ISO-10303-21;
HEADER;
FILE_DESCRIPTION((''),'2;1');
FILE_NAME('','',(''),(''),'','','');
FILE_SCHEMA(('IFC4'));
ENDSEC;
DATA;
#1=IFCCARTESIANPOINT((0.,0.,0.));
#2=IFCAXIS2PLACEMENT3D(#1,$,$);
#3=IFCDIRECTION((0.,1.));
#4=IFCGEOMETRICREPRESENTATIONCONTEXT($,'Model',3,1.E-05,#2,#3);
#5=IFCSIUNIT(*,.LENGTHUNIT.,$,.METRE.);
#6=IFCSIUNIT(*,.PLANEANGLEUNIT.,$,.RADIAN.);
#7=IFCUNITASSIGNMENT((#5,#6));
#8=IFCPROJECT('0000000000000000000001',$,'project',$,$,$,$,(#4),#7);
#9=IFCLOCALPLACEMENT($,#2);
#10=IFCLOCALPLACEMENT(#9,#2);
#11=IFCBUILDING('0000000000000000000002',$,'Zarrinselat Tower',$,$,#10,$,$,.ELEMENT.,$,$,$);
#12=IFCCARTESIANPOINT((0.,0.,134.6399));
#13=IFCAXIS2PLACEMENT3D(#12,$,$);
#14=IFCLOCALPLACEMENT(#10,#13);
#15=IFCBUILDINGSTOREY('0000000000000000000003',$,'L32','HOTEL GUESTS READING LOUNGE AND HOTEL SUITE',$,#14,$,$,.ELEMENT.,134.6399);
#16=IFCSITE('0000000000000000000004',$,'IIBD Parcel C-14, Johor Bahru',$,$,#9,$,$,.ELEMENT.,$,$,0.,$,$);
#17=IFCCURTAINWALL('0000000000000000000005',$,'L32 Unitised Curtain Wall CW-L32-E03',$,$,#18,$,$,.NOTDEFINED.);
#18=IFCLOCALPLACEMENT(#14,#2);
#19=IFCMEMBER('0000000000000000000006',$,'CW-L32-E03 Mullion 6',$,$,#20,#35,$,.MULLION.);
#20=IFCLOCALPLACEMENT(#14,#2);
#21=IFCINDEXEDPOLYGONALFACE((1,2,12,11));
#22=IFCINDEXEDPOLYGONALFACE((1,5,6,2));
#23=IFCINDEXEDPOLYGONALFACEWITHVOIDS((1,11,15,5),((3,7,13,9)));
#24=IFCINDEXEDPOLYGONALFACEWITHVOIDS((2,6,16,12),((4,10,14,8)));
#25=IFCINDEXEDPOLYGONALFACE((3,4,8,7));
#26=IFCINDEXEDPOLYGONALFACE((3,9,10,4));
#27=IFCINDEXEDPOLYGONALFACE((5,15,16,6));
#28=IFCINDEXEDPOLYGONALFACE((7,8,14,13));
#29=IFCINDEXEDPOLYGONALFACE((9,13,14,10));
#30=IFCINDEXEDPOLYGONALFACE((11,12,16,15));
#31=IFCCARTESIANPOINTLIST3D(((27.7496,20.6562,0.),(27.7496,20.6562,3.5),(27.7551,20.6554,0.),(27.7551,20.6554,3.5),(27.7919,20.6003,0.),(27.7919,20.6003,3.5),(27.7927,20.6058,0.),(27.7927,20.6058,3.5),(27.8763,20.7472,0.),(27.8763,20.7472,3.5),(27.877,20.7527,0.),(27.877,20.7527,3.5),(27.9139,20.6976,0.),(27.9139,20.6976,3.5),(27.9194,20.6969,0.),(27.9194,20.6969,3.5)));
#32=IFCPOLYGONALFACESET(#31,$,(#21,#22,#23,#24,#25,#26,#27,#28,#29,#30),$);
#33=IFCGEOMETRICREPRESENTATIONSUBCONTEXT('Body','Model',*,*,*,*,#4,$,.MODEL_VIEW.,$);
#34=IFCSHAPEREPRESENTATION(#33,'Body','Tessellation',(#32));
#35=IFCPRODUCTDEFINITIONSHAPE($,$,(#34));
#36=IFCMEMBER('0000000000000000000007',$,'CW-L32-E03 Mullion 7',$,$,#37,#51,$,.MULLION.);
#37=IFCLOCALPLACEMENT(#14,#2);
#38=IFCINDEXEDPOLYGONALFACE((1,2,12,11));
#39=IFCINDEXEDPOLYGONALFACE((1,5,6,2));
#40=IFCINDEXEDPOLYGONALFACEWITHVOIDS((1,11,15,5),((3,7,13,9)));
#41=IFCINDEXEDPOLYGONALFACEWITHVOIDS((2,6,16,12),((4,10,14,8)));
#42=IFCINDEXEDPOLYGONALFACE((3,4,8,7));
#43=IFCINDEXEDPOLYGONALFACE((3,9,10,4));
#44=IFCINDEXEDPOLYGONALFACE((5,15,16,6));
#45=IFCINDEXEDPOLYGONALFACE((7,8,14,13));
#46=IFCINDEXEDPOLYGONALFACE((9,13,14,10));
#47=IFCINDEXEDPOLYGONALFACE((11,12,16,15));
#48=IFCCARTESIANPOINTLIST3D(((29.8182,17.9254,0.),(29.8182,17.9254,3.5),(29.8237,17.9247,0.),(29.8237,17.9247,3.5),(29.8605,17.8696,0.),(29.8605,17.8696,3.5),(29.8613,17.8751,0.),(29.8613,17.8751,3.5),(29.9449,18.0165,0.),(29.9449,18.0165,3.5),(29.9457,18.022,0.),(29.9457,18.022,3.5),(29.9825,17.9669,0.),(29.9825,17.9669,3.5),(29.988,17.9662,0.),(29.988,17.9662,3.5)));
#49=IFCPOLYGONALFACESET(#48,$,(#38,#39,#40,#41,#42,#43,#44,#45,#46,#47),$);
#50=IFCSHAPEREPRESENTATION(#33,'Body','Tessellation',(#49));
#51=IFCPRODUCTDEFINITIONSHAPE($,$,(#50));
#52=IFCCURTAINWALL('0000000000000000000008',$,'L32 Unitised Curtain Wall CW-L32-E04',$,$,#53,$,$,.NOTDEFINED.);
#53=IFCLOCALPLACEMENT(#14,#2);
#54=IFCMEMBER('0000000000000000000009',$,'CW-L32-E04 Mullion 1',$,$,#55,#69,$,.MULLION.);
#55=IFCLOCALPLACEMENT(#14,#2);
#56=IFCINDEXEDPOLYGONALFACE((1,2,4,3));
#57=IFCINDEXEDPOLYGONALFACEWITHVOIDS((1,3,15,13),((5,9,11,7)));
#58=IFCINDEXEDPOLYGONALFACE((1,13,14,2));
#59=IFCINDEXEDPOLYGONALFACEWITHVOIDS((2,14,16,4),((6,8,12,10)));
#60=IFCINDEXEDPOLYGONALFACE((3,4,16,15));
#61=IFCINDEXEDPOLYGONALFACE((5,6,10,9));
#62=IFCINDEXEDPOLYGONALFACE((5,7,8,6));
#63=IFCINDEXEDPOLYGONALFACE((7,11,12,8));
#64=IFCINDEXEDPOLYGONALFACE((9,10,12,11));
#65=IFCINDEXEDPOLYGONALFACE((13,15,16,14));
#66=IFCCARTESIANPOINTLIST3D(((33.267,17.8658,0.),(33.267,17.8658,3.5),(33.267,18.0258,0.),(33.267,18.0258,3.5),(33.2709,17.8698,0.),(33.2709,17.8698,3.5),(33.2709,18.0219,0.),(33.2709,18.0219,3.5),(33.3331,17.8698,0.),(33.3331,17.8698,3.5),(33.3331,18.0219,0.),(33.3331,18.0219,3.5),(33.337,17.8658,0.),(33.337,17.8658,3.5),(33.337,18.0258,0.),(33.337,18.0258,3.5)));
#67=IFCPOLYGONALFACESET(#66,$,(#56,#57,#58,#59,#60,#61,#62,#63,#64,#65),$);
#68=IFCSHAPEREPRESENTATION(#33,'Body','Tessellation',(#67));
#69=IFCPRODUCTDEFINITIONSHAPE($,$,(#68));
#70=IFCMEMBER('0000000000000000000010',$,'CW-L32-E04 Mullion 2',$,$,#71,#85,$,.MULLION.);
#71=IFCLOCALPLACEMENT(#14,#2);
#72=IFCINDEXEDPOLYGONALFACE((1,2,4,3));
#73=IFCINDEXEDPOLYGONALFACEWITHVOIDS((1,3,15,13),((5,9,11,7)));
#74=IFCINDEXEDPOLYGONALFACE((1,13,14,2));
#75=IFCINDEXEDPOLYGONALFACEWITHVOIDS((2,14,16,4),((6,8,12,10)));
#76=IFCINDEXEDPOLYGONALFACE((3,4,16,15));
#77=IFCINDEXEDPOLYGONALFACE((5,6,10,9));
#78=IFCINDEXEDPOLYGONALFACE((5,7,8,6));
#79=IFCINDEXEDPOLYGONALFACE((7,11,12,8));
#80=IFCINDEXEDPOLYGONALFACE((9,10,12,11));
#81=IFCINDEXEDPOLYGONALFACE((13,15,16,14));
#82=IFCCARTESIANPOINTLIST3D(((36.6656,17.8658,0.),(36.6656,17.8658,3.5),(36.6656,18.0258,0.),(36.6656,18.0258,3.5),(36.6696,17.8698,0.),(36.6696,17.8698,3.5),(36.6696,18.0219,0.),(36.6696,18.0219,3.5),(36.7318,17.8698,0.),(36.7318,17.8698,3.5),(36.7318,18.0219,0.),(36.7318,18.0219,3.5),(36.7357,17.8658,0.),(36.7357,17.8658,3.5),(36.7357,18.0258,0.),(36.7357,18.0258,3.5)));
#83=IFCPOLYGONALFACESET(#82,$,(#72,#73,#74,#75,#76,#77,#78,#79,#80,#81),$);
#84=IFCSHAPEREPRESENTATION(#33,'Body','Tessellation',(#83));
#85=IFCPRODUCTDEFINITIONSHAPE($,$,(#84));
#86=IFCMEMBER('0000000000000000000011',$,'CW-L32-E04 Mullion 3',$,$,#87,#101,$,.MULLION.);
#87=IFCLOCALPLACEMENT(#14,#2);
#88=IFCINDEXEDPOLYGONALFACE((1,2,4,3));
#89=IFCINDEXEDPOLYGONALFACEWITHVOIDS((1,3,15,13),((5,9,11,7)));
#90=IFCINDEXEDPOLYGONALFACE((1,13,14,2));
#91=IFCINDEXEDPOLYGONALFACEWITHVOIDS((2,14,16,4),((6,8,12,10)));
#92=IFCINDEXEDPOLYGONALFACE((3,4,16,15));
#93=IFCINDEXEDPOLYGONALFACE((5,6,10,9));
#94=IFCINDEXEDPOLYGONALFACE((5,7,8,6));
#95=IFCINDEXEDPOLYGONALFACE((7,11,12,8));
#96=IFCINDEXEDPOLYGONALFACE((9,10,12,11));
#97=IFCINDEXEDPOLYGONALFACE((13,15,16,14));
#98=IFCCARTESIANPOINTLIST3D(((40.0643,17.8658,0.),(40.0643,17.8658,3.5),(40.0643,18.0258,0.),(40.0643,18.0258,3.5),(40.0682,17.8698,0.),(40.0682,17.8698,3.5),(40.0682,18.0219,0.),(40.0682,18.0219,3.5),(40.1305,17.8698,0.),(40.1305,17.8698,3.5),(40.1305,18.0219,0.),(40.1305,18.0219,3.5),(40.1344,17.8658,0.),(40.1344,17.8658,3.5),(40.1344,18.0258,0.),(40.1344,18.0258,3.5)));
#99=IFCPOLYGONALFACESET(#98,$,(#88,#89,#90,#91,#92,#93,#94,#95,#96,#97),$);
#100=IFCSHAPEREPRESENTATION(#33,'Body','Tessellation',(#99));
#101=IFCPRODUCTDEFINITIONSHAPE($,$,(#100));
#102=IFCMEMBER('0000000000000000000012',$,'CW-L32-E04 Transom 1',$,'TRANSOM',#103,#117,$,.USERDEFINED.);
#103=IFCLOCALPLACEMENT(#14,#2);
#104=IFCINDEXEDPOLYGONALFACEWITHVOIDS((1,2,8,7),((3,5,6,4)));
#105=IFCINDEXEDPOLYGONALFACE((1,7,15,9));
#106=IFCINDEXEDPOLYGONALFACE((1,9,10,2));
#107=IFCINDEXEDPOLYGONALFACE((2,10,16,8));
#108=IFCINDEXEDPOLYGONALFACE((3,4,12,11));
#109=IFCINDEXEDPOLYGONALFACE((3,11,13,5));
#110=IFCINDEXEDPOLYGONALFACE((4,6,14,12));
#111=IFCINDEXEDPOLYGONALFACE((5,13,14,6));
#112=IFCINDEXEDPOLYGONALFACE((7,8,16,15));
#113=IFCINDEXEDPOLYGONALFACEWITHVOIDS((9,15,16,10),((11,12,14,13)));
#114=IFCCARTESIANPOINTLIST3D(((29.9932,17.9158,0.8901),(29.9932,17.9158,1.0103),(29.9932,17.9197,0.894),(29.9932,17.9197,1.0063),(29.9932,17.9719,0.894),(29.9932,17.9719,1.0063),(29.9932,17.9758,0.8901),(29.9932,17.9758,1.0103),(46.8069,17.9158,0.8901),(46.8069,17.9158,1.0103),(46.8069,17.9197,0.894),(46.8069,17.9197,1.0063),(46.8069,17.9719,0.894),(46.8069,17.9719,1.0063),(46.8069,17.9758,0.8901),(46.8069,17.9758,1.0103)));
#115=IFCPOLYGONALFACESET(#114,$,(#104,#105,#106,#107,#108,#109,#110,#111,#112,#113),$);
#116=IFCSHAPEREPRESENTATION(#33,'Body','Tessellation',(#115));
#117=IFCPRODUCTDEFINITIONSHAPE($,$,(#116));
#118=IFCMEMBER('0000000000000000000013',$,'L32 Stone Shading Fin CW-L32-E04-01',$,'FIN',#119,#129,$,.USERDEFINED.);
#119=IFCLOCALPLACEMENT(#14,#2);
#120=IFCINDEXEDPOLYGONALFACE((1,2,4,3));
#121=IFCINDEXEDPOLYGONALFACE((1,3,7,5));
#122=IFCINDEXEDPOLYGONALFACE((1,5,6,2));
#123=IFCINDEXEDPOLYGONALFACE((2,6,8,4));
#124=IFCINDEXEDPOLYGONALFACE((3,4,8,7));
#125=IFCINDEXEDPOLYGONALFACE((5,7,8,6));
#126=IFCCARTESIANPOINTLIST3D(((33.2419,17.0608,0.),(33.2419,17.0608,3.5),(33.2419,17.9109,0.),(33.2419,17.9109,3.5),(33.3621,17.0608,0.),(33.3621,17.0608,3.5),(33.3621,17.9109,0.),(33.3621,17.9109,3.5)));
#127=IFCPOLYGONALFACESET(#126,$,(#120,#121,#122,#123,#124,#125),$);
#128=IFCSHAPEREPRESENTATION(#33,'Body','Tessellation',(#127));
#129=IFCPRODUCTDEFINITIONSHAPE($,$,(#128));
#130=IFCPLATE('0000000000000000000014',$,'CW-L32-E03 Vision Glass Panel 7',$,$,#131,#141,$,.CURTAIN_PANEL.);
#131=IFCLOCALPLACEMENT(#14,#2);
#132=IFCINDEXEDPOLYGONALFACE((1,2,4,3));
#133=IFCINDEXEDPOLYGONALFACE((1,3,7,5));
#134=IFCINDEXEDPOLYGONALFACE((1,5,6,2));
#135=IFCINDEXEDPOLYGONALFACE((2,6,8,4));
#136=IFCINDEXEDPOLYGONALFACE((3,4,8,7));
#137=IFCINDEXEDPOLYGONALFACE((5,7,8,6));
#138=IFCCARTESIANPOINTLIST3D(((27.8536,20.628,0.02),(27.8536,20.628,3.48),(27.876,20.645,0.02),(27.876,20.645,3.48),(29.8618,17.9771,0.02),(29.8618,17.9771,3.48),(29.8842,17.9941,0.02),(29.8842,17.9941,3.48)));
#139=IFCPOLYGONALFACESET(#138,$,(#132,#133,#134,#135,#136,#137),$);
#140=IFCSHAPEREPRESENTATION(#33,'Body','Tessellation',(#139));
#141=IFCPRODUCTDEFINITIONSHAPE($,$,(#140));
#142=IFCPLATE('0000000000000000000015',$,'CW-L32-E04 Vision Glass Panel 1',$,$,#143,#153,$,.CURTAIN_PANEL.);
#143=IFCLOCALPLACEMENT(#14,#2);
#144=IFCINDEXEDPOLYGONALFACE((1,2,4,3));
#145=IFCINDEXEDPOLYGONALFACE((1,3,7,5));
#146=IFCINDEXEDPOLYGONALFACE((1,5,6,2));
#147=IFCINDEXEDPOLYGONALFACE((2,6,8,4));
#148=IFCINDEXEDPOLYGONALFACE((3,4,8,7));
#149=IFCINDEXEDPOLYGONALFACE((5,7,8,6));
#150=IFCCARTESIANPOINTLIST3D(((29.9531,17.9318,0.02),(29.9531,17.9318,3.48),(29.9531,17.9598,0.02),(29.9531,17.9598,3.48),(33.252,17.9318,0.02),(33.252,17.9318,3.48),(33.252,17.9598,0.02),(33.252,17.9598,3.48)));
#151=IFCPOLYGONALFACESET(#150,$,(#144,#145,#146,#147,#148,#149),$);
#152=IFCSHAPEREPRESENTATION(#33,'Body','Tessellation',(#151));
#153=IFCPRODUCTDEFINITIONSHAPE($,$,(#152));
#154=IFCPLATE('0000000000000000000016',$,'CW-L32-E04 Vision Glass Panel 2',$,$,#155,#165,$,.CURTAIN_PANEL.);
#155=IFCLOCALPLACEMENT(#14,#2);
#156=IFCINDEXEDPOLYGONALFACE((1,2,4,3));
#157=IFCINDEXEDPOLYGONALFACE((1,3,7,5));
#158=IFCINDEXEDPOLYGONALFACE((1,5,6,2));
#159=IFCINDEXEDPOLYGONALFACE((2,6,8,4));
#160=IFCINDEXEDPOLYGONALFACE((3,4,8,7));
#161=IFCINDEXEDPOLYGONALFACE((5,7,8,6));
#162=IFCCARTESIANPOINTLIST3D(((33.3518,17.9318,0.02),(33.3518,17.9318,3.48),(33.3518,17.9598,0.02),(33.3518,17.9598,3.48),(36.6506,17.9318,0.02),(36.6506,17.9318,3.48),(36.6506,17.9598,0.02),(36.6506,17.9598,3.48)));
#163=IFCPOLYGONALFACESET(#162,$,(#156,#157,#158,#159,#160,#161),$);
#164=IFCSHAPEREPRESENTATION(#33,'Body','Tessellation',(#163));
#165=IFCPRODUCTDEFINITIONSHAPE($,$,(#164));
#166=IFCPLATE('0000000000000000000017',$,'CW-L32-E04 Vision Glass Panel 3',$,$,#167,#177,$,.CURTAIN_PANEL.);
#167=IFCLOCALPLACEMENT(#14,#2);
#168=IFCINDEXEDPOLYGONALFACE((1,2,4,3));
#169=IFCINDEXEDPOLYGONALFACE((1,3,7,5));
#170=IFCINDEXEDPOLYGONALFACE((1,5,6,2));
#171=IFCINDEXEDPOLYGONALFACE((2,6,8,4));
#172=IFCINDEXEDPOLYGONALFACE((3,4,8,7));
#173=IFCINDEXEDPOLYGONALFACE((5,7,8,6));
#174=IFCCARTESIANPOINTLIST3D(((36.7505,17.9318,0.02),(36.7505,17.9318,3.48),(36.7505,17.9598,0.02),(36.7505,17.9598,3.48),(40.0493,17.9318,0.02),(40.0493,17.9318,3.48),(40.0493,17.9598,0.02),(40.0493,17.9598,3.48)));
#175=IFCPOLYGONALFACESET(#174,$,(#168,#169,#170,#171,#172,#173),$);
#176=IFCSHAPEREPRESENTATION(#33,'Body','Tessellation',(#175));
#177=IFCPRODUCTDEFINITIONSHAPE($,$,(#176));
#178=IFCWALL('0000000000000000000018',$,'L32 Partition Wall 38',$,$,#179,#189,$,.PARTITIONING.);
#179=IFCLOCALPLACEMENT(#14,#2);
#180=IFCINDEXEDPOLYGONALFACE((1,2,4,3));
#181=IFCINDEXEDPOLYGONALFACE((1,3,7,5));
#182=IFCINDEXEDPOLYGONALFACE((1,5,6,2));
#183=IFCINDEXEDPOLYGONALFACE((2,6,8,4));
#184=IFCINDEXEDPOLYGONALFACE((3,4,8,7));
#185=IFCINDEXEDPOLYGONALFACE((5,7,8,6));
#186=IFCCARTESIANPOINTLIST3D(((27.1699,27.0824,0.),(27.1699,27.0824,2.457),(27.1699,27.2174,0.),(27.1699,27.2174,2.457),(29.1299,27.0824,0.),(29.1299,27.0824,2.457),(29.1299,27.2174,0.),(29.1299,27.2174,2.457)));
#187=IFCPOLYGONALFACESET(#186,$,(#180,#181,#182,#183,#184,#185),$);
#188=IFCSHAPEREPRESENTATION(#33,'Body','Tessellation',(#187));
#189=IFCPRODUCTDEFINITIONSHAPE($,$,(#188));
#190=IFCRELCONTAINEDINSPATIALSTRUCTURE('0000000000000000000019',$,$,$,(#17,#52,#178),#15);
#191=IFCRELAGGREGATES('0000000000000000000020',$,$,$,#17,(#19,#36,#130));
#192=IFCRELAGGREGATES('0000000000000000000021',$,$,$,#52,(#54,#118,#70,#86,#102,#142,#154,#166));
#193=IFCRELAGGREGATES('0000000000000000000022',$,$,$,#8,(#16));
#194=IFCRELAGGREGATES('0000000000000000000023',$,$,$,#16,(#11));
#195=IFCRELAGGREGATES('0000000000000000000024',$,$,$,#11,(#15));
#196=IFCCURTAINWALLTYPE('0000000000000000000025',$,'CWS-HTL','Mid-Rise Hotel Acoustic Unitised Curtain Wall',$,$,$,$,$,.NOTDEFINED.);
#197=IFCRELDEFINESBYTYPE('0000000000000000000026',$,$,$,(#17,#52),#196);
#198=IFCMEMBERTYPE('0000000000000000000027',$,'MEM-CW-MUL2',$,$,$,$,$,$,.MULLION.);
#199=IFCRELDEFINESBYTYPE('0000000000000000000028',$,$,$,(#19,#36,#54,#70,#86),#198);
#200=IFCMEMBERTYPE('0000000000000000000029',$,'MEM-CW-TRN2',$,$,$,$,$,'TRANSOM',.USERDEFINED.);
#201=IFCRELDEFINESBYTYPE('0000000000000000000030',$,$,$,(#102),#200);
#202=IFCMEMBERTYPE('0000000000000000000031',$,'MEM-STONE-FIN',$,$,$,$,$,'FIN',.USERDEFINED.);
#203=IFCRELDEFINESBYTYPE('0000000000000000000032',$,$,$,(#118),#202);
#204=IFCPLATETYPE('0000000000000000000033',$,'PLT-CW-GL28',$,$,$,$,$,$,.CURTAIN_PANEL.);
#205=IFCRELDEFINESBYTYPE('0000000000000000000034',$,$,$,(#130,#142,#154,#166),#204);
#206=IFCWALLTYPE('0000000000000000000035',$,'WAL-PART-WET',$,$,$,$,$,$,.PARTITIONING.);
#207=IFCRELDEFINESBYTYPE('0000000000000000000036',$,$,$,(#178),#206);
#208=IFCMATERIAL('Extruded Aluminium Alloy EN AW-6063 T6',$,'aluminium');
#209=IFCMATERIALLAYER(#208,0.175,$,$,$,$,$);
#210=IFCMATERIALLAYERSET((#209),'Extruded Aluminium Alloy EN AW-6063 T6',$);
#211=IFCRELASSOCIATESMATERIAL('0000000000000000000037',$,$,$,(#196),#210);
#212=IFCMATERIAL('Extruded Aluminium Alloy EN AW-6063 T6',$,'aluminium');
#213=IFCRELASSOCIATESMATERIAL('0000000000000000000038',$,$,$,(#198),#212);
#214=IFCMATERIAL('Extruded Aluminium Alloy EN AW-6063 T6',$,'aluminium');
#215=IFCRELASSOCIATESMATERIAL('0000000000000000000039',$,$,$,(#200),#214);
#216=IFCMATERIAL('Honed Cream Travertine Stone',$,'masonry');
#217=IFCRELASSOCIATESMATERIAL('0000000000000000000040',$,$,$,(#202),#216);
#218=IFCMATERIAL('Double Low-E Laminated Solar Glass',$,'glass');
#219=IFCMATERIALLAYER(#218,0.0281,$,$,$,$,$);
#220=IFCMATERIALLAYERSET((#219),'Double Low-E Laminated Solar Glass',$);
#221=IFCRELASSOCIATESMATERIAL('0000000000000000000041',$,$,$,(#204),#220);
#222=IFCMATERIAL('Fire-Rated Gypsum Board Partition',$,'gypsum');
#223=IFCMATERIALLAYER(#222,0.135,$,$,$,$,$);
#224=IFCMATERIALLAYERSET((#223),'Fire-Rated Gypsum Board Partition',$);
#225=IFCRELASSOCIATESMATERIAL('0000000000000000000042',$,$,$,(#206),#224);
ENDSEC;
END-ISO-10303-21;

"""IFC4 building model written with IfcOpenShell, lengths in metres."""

from ifc_helpers import new_model, si_unit, direction, frame, frame_2d, origin, origin_2d, place, context, subcontext, project, spatial, rectangle, hollow_rectangle, extrude, material, layer, layer_set, material_profile, profile_set, type_object, element, aggregate, save


model = new_model("IFC4")

# Units and contexts
model_context = context("Model", 3, precision=1e-05, world=origin(), true_north=direction((0.0, 1.0)))
body_context = subcontext(model_context, "Body", "Model", "MODEL_VIEW")
ifc_project = project(units=[si_unit("LENGTHUNIT", "METRE"), si_unit("PLANEANGLEUNIT", "RADIAN")], contexts=[model_context])

# Site, building, storey
site_placement = place(None, origin())
site = spatial("IfcSite", under=ifc_project, at=site_placement, Name="IIBD Parcel C-14, Johor Bahru", CompositionType="ELEMENT", RefElevation=0.0)
building_placement = place(site_placement, origin())
building = spatial("IfcBuilding", under=site, at=building_placement, Name="Zarrinselat Tower", CompositionType="ELEMENT")
storey_placement = place(building_placement, frame((0.0, 0.0, 134.6399)))
storey = spatial("IfcBuildingStorey", under=building, at=storey_placement, Name="L32", Description="HOTEL GUESTS READING LOUNGE AND HOTEL SUITE", CompositionType="ELEMENT", Elevation=134.6399)

# Curtain walls, members
ifc_material_1 = material(Name="Extruded Aluminium Alloy EN AW-6063 T6", Category="aluminium")
ifc_layer_1 = layer(ifc_material_1, 0.175)
ifc_layer_set_1 = layer_set([ifc_layer_1], Name="Extruded Aluminium Alloy EN AW-6063 T6")
curtain_wall_type = type_object("IfcCurtainWallType", Name="CWS-HTL", Description="Mid-Rise Hotel Acoustic Unitised Curtain Wall", PredefinedType="NOTDEFINED", material=ifc_layer_set_1)
curtain_wall_1_placement = place(storey_placement, origin())
curtain_wall_1 = element("IfcCurtainWall", 1, at=curtain_wall_1_placement, inside=storey, type_object=curtain_wall_type, Name="L32 Unitised Curtain Wall CW-L32-E03", PredefinedType="NOTDEFINED")
ifc_material_2 = material(Name="Extruded Aluminium Alloy EN AW-6063 T6", Category="aluminium")
ifc_material_profile_1 = material_profile(ifc_material_2, hollow_rectangle(XDim=0.0701, YDim=0.1599, WallThickness=0.0039, at=origin_2d()), Name="RHS 160x70x4")
ifc_profile_set_1 = profile_set([ifc_material_profile_1], Name="Extruded Aluminium Alloy EN AW-6063 T6")
member_type_1 = type_object("IfcMemberType", Name="MEM-CW-MUL2", PredefinedType="MULLION", material=ifc_profile_set_1)
member_1_placement = place(storey_placement, frame((27.8345, 20.6765, 0.0), z_axis=(0.0, 0.0, 1.0), x_axis=(0.603856, -0.797094, 0.0)))
member_1 = element("IfcMember", 2, at=member_1_placement, type_object=member_type_1, Name="CW-L32-E03 Mullion 6", PredefinedType="MULLION", context=body_context, shape_type="SweptSolid", body=[
    extrude(hollow_rectangle(XDim=0.0701, YDim=0.1599, WallThickness=0.0039, at=origin_2d()), origin(), (0.0, 0.0, 1.0), 3.5),
])
member_2_placement = place(storey_placement, frame((29.9031, 17.9458, 0.0), z_axis=(0.0, 0.0, 1.0), x_axis=(0.603856, -0.797094, 0.0)))
member_2 = element("IfcMember", 3, at=member_2_placement, type_object=member_type_1, Name="CW-L32-E03 Mullion 7", PredefinedType="MULLION", context=body_context, shape_type="SweptSolid", body=[
    extrude(hollow_rectangle(XDim=0.0701, YDim=0.1599, WallThickness=0.0039, at=origin_2d()), origin(), (0.0, 0.0, 1.0), 3.5),
])
curtain_wall_2_placement = place(storey_placement, origin())
curtain_wall_2 = element("IfcCurtainWall", 4, at=curtain_wall_2_placement, inside=storey, type_object=curtain_wall_type, Name="L32 Unitised Curtain Wall CW-L32-E04", PredefinedType="NOTDEFINED")
member_3_placement = place(storey_placement, frame((33.302, 17.9458, 0.0), z_axis=(0.0, 0.0, 1.0), x_axis=(1.0, 0.0, 0.0)))
member_3 = element("IfcMember", 5, at=member_3_placement, type_object=member_type_1, Name="CW-L32-E04 Mullion 1", PredefinedType="MULLION", context=body_context, shape_type="SweptSolid", body=[
    extrude(hollow_rectangle(XDim=0.0701, YDim=0.1599, WallThickness=0.0039, at=origin_2d()), origin(), (0.0, 0.0, 1.0), 3.5),
])
member_4_placement = place(storey_placement, frame((36.7007, 17.9458, 0.0), z_axis=(0.0, 0.0, 1.0), x_axis=(1.0, 0.0, 0.0)))
member_4 = element("IfcMember", 6, at=member_4_placement, type_object=member_type_1, Name="CW-L32-E04 Mullion 2", PredefinedType="MULLION", context=body_context, shape_type="SweptSolid", body=[
    extrude(hollow_rectangle(XDim=0.0701, YDim=0.1599, WallThickness=0.0039, at=origin_2d()), origin(), (0.0, 0.0, 1.0), 3.5),
])
member_5_placement = place(storey_placement, frame((40.0994, 17.9458, 0.0), z_axis=(0.0, 0.0, 1.0), x_axis=(1.0, 0.0, 0.0)))
member_5 = element("IfcMember", 7, at=member_5_placement, type_object=member_type_1, Name="CW-L32-E04 Mullion 3", PredefinedType="MULLION", context=body_context, shape_type="SweptSolid", body=[
    extrude(hollow_rectangle(XDim=0.0701, YDim=0.1599, WallThickness=0.0039, at=origin_2d()), origin(), (0.0, 0.0, 1.0), 3.5),
])
ifc_material_3 = material(Name="Extruded Aluminium Alloy EN AW-6063 T6", Category="aluminium")
ifc_material_profile_2 = material_profile(ifc_material_3, hollow_rectangle(XDim=0.0601, YDim=0.1201, WallThickness=0.0039, at=origin_2d()), Name="RHS 120x60x4")
ifc_profile_set_2 = profile_set([ifc_material_profile_2], Name="Extruded Aluminium Alloy EN AW-6063 T6")
member_type_2 = type_object("IfcMemberType", Name="MEM-CW-TRN2", ElementType="TRANSOM", PredefinedType="USERDEFINED", material=ifc_profile_set_2)
member_6_placement = place(storey_placement, frame((29.9932, 17.9458, 0.9502), z_axis=(1.0, 0.0, 0.0), x_axis=(0.0, 1.0, 0.0)))
member_6 = element("IfcMember", 8, at=member_6_placement, type_object=member_type_2, Name="CW-L32-E04 Transom 1", ObjectType="TRANSOM", PredefinedType="USERDEFINED", context=body_context, shape_type="SweptSolid", body=[
    extrude(hollow_rectangle(XDim=0.0601, YDim=0.1201, WallThickness=0.0039, at=origin_2d()), origin(), (0.0, 0.0, 1.0), 16.8137),
])
ifc_material_4 = material(Name="Honed Cream Travertine Stone", Category="masonry")
ifc_material_profile_3 = material_profile(ifc_material_4, rectangle(XDim=0.1201, YDim=0.8501, at=origin_2d()), Name="FIN 850x120")
ifc_profile_set_3 = profile_set([ifc_material_profile_3], Name="Honed Cream Travertine Stone")
member_type_3 = type_object("IfcMemberType", Name="MEM-STONE-FIN", ElementType="FIN", PredefinedType="USERDEFINED", material=ifc_profile_set_3)
member_7_placement = place(storey_placement, frame((33.302, 17.4858, 0.0), z_axis=(0.0, 0.0, 1.0), x_axis=(-1.0, 0.0, 0.0)))
member_7 = element("IfcMember", 9, at=member_7_placement, type_object=member_type_3, Name="L32 Stone Shading Fin CW-L32-E04-01", ObjectType="FIN", PredefinedType="USERDEFINED", context=body_context, shape_type="SweptSolid", body=[
    extrude(rectangle(XDim=0.1201, YDim=0.8501, at=origin_2d()), origin(), (0.0, 0.0, 1.0), 3.5),
])

# Plates
ifc_material_5 = material(Name="Double Low-E Laminated Solar Glass", Category="glass")
ifc_layer_2 = layer(ifc_material_5, 0.0281)
ifc_layer_set_2 = layer_set([ifc_layer_2], Name="Double Low-E Laminated Solar Glass")
plate_type = type_object("IfcPlateType", Name="PLT-CW-GL28", PredefinedType="CURTAIN_PANEL", material=ifc_layer_set_2)
plate_1_placement = place(storey_placement, frame((28.8689, 19.311, 0.02), z_axis=(0.0, 0.0, 1.0), x_axis=(0.603856, -0.797094, 0.0)))
plate_1 = element("IfcPlate", 10, at=plate_1_placement, type_object=plate_type, Name="CW-L32-E03 Vision Glass Panel 7", PredefinedType="CURTAIN_PANEL", context=body_context, shape_type="SweptSolid", body=[
    extrude(rectangle(XDim=3.3257, YDim=0.0281, at=origin_2d()), origin(), (0.0, 0.0, 1.0), 3.46),
])
aggregate(curtain_wall_1, [member_1, member_2, plate_1])
plate_2_placement = place(storey_placement, frame((31.6025, 17.9458, 0.02), z_axis=(0.0, 0.0, 1.0), x_axis=(1.0, 0.0, 0.0)))
plate_2 = element("IfcPlate", 11, at=plate_2_placement, type_object=plate_type, Name="CW-L32-E04 Vision Glass Panel 1", PredefinedType="CURTAIN_PANEL", context=body_context, shape_type="SweptSolid", body=[
    extrude(rectangle(XDim=3.2988, YDim=0.0281, at=origin_2d()), origin(), (0.0, 0.0, 1.0), 3.46),
])
plate_3_placement = place(storey_placement, frame((35.0012, 17.9458, 0.02), z_axis=(0.0, 0.0, 1.0), x_axis=(1.0, 0.0, 0.0)))
plate_3 = element("IfcPlate", 12, at=plate_3_placement, type_object=plate_type, Name="CW-L32-E04 Vision Glass Panel 2", PredefinedType="CURTAIN_PANEL", context=body_context, shape_type="SweptSolid", body=[
    extrude(rectangle(XDim=3.2988, YDim=0.0281, at=origin_2d()), origin(), (0.0, 0.0, 1.0), 3.46),
])
plate_4_placement = place(storey_placement, frame((38.3999, 17.9458, 0.02), z_axis=(0.0, 0.0, 1.0), x_axis=(1.0, 0.0, 0.0)))
plate_4 = element("IfcPlate", 13, at=plate_4_placement, type_object=plate_type, Name="CW-L32-E04 Vision Glass Panel 3", PredefinedType="CURTAIN_PANEL", context=body_context, shape_type="SweptSolid", body=[
    extrude(rectangle(XDim=3.2988, YDim=0.0281, at=origin_2d()), origin(), (0.0, 0.0, 1.0), 3.46),
])
aggregate(curtain_wall_2, [member_3, member_7, member_4, member_5, member_6, plate_2, plate_3, plate_4])

# Wall
ifc_material_6 = material(Name="Fire-Rated Gypsum Board Partition", Category="gypsum")
ifc_layer_3 = layer(ifc_material_6, 0.135)
ifc_layer_set_3 = layer_set([ifc_layer_3], Name="Fire-Rated Gypsum Board Partition")
wall_type = type_object("IfcWallType", Name="WAL-PART-WET", PredefinedType="PARTITIONING", material=ifc_layer_set_3)
wall_placement = place(storey_placement, frame((27.1699, 27.1499, 0.0), z_axis=(0.0, 0.0, 1.0), x_axis=(1.0, 0.0, 0.0)))
element("IfcWall", 14, at=wall_placement, inside=storey, type_object=wall_type, Name="L32 Partition Wall 38", PredefinedType="PARTITIONING", context=body_context, shape_type="SweptSolid", body=[
    extrude(rectangle(XDim=1.96, YDim=0.135, at=frame_2d((0.98, 0.0))), origin(), (0.0, 0.0, 1.0), 2.457),
])

save(model, "model.ifc")
